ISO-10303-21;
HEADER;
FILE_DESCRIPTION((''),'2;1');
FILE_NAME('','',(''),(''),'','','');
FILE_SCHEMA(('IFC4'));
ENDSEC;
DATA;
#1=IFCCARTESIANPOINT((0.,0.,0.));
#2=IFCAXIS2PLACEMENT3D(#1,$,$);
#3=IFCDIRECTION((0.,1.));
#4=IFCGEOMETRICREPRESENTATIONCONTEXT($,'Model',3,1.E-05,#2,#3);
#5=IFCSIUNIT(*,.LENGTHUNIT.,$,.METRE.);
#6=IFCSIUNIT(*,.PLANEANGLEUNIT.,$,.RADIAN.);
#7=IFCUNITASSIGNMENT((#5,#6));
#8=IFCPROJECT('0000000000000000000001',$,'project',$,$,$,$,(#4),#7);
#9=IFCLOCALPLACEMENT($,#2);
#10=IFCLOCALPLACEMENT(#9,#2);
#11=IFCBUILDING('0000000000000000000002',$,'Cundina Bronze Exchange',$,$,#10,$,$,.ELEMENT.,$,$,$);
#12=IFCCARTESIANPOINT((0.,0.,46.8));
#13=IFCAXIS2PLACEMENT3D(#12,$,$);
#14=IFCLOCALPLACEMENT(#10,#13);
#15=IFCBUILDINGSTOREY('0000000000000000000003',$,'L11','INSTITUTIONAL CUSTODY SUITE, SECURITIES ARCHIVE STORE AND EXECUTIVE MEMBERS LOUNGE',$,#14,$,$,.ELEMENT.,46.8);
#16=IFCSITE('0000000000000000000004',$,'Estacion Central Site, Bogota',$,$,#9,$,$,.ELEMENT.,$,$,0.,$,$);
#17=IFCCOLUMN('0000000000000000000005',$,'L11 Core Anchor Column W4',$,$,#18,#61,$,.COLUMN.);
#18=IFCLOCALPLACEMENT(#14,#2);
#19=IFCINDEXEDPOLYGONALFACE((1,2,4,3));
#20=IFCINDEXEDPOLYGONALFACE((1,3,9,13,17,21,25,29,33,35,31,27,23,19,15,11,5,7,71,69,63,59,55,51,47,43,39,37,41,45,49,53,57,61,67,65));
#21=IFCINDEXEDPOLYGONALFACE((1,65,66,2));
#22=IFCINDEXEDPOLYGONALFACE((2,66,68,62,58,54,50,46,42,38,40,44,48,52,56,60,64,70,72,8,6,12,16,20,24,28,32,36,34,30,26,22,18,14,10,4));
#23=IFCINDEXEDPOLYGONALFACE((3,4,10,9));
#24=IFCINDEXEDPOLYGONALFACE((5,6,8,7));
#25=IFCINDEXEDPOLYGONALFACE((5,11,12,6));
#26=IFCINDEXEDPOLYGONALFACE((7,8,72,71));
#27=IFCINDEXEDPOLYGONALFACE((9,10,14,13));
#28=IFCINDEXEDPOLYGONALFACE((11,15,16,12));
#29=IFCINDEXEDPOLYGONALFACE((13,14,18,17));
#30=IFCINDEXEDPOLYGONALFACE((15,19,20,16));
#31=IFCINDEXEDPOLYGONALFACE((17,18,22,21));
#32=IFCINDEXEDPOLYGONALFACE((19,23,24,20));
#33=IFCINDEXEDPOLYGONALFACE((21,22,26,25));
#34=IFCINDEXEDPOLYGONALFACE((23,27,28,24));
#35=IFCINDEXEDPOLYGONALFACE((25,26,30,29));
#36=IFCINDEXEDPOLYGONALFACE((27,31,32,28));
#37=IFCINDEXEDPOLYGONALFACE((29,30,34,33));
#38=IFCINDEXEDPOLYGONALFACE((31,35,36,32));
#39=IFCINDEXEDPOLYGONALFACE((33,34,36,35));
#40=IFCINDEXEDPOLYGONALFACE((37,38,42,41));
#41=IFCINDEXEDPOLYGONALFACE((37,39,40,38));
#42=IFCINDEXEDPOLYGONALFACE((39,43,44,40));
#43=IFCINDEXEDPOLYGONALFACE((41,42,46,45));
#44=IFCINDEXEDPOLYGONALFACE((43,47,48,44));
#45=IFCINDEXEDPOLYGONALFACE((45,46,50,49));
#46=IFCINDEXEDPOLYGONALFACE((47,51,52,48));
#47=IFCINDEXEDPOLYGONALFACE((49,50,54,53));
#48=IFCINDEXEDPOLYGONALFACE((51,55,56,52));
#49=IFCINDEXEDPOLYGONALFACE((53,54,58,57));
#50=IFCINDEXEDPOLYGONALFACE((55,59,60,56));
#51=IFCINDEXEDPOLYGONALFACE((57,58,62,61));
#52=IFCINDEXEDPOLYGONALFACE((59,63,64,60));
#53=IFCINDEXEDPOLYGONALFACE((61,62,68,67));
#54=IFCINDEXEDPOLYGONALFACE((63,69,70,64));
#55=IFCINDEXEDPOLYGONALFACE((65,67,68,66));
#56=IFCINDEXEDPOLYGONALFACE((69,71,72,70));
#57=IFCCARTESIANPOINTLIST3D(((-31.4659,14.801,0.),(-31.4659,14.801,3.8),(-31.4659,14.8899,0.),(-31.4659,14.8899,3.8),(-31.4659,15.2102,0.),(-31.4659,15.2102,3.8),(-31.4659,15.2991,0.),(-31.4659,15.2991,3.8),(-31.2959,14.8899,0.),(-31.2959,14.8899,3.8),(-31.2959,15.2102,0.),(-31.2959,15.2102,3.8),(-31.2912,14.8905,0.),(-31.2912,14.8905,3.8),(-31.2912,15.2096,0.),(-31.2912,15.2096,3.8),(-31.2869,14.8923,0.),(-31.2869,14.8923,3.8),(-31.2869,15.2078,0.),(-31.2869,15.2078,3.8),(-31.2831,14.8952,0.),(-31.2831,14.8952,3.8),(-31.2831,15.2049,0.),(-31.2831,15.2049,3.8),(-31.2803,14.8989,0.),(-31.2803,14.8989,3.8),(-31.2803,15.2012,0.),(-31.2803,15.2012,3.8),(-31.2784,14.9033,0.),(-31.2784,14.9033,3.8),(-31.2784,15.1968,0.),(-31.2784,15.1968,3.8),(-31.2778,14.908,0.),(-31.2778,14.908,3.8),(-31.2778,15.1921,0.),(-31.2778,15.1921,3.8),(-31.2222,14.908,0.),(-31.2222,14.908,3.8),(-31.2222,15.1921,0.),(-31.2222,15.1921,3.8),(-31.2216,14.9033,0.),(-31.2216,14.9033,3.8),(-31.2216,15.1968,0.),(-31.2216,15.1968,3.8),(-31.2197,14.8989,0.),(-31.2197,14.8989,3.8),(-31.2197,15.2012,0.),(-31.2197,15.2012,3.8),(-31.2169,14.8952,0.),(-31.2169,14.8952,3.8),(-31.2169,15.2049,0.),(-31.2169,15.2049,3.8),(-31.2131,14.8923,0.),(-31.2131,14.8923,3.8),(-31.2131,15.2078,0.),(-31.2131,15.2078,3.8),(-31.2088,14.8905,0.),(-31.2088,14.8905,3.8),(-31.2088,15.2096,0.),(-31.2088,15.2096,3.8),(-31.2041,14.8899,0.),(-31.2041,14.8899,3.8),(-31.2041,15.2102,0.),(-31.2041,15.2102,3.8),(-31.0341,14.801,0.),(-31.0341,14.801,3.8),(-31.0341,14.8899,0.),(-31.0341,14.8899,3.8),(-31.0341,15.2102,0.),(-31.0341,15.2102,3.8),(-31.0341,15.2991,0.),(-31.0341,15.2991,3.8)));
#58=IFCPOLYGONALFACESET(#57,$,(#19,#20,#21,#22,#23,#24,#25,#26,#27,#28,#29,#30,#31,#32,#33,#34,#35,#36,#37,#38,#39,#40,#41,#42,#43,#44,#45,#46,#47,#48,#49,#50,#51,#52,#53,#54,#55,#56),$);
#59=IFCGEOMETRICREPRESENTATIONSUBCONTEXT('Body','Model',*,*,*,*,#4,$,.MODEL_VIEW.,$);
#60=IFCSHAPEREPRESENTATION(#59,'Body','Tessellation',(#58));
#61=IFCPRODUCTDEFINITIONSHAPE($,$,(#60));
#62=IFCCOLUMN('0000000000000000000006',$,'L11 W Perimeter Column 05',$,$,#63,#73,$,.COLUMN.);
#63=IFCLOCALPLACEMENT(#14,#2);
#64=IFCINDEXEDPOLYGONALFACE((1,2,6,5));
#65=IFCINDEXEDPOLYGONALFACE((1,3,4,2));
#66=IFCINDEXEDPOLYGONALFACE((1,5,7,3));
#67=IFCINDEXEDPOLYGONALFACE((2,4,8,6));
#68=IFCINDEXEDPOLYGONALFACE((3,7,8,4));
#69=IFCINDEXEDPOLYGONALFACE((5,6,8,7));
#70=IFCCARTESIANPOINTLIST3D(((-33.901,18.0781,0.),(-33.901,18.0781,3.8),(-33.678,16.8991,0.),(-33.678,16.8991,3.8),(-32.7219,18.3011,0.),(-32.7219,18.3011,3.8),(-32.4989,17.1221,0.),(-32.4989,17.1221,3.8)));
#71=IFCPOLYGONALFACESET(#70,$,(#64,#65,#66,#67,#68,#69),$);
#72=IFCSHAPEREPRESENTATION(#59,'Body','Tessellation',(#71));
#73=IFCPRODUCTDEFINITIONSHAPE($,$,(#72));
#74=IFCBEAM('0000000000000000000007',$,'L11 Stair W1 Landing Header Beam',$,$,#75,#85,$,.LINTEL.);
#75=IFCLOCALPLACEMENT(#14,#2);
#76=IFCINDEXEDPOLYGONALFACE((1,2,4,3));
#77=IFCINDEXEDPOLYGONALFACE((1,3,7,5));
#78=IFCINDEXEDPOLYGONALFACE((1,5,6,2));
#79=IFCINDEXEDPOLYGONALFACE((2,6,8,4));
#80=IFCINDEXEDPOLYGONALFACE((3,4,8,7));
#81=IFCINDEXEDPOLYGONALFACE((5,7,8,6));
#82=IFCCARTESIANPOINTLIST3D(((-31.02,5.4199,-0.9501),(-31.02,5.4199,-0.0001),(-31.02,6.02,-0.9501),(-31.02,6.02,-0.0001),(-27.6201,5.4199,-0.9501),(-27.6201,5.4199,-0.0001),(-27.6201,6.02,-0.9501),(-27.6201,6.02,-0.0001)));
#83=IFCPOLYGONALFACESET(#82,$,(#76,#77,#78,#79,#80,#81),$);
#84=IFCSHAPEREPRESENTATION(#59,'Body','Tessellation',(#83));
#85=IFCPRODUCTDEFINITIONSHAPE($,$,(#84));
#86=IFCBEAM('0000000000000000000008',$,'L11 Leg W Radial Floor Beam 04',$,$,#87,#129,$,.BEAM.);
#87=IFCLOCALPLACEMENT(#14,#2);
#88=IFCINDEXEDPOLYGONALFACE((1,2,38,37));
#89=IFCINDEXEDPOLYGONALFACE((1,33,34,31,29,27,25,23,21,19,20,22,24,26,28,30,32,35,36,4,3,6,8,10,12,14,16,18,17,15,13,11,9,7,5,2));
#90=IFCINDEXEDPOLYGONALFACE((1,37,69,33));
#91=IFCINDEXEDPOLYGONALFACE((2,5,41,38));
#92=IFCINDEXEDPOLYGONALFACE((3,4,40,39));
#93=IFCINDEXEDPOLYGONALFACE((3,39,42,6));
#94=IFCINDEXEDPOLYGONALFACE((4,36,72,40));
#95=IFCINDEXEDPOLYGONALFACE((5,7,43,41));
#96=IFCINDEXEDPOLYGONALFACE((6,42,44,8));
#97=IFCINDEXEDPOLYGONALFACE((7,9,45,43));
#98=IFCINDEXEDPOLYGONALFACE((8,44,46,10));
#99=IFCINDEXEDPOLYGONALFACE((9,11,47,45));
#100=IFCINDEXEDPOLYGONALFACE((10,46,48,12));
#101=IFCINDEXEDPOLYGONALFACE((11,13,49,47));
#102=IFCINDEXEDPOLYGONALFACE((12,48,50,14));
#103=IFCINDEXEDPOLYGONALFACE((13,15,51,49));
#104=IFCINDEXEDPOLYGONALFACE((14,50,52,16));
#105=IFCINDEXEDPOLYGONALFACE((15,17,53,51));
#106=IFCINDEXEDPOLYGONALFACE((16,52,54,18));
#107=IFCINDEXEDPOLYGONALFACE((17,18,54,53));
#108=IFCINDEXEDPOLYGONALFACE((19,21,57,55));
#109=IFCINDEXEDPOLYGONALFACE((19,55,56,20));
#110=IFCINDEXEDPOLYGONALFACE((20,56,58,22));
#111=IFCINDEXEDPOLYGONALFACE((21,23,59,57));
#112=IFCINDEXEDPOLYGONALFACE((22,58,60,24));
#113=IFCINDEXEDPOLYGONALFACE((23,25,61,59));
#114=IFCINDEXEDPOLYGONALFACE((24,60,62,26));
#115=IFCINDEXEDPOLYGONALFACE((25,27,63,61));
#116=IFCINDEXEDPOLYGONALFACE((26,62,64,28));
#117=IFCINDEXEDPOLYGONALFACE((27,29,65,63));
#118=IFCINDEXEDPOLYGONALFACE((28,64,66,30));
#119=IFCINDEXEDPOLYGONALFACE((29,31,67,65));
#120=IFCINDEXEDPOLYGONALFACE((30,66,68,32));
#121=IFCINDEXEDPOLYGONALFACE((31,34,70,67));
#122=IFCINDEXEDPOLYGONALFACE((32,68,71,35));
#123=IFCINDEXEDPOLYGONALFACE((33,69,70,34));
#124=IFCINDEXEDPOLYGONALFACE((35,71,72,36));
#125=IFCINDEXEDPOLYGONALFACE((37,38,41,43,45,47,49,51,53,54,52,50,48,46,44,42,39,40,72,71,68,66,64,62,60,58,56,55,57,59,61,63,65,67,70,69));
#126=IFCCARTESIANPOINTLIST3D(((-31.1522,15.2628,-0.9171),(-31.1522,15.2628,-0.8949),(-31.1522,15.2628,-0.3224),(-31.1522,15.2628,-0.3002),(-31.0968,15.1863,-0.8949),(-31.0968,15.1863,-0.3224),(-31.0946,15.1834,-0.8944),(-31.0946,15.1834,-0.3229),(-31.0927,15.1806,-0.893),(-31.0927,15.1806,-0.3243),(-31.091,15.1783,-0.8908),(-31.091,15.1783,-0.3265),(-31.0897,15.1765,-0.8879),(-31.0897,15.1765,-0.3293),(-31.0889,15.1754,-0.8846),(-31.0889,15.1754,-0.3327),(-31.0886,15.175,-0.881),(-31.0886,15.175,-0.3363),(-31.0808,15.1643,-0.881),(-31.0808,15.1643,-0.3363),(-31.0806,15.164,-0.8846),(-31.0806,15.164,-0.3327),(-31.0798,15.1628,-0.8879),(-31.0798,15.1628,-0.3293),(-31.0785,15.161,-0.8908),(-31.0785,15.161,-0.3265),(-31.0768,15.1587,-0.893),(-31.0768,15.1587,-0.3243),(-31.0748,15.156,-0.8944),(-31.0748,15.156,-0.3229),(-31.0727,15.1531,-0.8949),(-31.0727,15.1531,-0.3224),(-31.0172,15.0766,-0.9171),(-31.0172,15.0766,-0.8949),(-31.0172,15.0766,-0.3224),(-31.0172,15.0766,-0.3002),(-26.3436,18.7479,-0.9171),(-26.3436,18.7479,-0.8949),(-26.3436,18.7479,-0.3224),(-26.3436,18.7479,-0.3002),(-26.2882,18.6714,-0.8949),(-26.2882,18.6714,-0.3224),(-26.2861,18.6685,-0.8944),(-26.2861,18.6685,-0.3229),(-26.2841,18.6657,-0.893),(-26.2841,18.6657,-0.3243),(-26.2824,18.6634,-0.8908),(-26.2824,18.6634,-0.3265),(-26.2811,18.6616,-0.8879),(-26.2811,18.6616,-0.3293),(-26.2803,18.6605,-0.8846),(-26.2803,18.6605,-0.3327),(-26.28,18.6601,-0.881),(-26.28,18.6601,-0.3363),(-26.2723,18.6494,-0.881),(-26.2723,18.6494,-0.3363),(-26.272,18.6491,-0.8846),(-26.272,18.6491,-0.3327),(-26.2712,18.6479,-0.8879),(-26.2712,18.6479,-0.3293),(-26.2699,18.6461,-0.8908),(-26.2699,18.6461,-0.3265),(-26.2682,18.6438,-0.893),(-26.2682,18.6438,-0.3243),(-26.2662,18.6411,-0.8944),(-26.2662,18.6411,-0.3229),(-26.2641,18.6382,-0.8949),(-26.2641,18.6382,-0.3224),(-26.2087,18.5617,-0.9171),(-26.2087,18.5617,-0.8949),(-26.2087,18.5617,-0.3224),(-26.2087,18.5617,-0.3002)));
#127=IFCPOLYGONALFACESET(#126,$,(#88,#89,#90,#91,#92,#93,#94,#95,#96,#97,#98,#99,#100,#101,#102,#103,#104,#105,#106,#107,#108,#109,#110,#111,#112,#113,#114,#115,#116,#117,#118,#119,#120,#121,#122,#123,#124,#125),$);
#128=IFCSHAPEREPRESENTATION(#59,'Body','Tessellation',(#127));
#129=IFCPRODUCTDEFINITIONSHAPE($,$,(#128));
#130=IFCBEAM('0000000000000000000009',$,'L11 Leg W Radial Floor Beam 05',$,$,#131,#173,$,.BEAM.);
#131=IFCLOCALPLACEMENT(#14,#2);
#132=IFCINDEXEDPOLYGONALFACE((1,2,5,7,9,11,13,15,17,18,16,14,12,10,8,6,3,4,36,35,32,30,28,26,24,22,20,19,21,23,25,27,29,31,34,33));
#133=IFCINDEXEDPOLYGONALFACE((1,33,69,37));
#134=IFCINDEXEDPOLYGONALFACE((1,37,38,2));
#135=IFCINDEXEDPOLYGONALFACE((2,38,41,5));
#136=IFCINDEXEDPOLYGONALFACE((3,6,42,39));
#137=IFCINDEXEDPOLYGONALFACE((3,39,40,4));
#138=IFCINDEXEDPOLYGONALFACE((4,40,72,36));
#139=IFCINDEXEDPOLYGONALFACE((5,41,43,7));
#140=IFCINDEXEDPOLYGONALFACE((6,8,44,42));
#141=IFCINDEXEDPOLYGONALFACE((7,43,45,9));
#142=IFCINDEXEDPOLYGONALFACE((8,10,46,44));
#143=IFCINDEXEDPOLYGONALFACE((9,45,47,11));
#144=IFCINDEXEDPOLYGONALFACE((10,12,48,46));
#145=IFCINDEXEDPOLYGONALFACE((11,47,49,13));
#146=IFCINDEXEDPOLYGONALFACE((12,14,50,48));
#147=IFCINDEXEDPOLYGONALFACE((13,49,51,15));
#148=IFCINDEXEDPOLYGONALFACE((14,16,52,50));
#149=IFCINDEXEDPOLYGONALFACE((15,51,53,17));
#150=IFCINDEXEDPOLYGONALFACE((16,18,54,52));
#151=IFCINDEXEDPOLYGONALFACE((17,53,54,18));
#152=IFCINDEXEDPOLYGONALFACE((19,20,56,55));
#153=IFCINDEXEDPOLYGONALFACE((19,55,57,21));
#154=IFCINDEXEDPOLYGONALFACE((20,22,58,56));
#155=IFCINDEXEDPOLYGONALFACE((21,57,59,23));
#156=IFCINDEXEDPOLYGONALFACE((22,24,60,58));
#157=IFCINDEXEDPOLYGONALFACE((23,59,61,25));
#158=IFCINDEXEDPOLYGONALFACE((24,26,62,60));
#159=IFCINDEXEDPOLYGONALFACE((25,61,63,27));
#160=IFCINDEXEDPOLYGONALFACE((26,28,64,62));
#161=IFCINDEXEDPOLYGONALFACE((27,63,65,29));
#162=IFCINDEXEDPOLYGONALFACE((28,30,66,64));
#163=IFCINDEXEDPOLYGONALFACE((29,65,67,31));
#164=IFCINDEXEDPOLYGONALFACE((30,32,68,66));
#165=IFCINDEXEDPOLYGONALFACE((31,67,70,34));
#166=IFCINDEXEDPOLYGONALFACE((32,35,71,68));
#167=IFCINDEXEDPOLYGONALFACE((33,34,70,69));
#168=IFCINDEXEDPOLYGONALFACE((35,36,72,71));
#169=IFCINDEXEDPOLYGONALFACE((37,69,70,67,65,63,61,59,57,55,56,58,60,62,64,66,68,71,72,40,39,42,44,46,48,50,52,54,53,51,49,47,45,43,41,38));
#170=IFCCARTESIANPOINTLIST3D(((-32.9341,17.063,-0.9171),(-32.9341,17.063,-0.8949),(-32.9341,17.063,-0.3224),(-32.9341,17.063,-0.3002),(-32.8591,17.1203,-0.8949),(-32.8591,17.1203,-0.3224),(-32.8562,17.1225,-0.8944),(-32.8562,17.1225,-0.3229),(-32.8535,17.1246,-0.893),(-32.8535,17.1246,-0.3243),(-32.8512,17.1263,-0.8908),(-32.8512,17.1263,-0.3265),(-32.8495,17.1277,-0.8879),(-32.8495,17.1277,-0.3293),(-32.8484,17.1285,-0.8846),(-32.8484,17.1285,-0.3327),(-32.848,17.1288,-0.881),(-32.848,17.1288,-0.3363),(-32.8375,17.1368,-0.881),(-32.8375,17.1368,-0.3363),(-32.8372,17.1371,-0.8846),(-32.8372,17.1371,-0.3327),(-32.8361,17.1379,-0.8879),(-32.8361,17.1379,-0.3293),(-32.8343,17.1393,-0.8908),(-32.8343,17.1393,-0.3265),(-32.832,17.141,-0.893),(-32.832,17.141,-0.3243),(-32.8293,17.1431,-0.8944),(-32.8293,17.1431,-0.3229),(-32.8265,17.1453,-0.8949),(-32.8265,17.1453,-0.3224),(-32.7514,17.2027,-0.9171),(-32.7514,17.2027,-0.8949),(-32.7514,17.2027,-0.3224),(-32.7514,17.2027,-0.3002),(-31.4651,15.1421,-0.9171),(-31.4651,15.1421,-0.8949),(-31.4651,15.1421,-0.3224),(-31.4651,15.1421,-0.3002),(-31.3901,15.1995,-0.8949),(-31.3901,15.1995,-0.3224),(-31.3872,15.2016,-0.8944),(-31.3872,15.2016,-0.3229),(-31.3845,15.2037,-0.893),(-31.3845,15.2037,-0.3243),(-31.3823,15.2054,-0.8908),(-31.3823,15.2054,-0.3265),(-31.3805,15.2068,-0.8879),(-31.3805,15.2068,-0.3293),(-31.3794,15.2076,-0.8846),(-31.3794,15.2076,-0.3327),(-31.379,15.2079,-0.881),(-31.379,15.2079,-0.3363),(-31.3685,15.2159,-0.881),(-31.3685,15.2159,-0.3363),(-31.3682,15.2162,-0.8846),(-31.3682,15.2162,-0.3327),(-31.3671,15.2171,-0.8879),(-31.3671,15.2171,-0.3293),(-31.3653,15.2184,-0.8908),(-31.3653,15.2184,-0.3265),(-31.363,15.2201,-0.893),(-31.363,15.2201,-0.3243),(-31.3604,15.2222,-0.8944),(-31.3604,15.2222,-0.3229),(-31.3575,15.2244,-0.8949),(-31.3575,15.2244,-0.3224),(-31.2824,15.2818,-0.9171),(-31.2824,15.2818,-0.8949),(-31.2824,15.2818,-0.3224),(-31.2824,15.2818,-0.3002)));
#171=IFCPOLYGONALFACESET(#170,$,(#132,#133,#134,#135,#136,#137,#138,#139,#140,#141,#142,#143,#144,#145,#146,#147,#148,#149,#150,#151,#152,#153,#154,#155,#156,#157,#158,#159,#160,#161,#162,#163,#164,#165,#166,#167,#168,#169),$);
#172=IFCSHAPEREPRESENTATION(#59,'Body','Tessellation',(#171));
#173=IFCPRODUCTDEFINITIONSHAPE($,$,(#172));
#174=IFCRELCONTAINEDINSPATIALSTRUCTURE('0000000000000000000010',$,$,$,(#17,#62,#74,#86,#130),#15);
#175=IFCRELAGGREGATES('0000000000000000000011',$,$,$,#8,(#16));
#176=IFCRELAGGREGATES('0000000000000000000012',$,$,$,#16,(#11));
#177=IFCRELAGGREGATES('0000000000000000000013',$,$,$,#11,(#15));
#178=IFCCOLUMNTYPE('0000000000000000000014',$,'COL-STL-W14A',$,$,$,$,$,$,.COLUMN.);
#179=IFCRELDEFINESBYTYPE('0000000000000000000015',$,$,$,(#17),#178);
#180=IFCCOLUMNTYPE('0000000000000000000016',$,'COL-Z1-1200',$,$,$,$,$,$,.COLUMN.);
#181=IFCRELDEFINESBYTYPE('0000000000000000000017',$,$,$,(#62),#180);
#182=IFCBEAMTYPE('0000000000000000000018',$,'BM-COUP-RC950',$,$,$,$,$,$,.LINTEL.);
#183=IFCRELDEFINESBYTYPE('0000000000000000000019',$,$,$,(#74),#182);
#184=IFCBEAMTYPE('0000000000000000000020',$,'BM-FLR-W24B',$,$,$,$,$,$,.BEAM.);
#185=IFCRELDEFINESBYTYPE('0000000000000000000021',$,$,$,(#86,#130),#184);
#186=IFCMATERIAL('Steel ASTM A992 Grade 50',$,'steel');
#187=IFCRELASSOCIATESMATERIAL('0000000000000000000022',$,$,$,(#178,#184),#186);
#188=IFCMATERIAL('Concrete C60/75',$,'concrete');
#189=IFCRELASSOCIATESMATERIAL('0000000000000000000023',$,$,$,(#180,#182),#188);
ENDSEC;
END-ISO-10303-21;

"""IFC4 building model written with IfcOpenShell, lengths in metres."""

from ifc_helpers import new_model, si_unit, direction, frame, origin, origin_2d, place, context, subcontext, project, spatial, rectangle, i_section, extrude, material, material_profile, profile_set, type_object, element, save


model = new_model("IFC4")

# Units and contexts
model_context = context("Model", 3, precision=1e-05, world=origin(), true_north=direction((0.0, 1.0)))
body_context = subcontext(model_context, "Body", "Model", "MODEL_VIEW")
ifc_project = project(units=[si_unit("LENGTHUNIT", "METRE"), si_unit("PLANEANGLEUNIT", "RADIAN")], contexts=[model_context])

# Site, building, storey
site_placement = place(None, origin())
site = spatial("IfcSite", under=ifc_project, at=site_placement, Name="Estacion Central Site, Bogota", CompositionType="ELEMENT", RefElevation=0.0)
building_placement = place(site_placement, origin())
building = spatial("IfcBuilding", under=site, at=building_placement, Name="Cundina Bronze Exchange", CompositionType="ELEMENT")
storey_placement = place(building_placement, frame((0.0, 0.0, 46.8)))
storey = spatial("IfcBuildingStorey", under=building, at=storey_placement, Name="L11", Description="INSTITUTIONAL CUSTODY SUITE, SECURITIES ARCHIVE STORE AND EXECUTIVE MEMBERS LOUNGE", CompositionType="ELEMENT", Elevation=46.8)

# Columns
ifc_material_1 = material(Name="Steel ASTM A992 Grade 50", Category="steel")
ifc_material_profile_1 = material_profile(ifc_material_1, i_section(OverallWidth=0.4319, OverallDepth=0.498, WebThickness=0.0557, FlangeThickness=0.0889, FilletRadius=0.0181, at=origin_2d()), Name="W14X500", Category="steel")
ifc_profile_set_1 = profile_set([ifc_material_profile_1], Name="Steel ASTM A992 Grade 50")
column_type_1 = type_object("IfcColumnType", Name="COL-STL-W14A", PredefinedType="COLUMN", material=ifc_profile_set_1)
column_1_placement = place(storey_placement, frame((-31.25, 15.05, 0.0), z_axis=(0.0, 0.0, 1.0), x_axis=(1.0, 0.0, 0.0)))
element("IfcColumn", 1, at=column_1_placement, inside=storey, type_object=column_type_1, Name="L11 Core Anchor Column W4", PredefinedType="COLUMN", context=body_context, shape_type="SweptSolid", body=[
    extrude(i_section(OverallWidth=0.4319, OverallDepth=0.498, WebThickness=0.0557, FlangeThickness=0.0889, FilletRadius=0.0181, at=origin_2d()), origin(), (0.0, 0.0, 1.0), 3.8),
])
ifc_material_2 = material(Name="Concrete C60/75", Category="concrete")
ifc_material_profile_2 = material_profile(ifc_material_2, rectangle(XDim=1.2, YDim=1.2, at=origin_2d()), Name="RC1200X1200", Category="concrete")
ifc_profile_set_2 = profile_set([ifc_material_profile_2], Name="Concrete C60/75")
column_type_2 = type_object("IfcColumnType", Name="COL-Z1-1200", PredefinedType="COLUMN", material=ifc_profile_set_2)
column_2_placement = place(storey_placement, frame((-33.2, 17.6001, 0.0), z_axis=(0.0, 0.0, 1.0), x_axis=(-0.98258, -0.185838, 0.0)))
element("IfcColumn", 2, at=column_2_placement, inside=storey, type_object=column_type_2, Name="L11 W Perimeter Column 05", PredefinedType="COLUMN", context=body_context, shape_type="SweptSolid", body=[
    extrude(rectangle(XDim=1.2, YDim=1.2, at=origin_2d()), origin(), (0.0, 0.0, 1.0), 3.8),
])

# Beams
ifc_material_profile_3 = material_profile(ifc_material_2, rectangle(XDim=0.6001, YDim=0.95, at=origin_2d()), Name="RC600X950", Category="concrete")
ifc_profile_set_3 = profile_set([ifc_material_profile_3], Name="Concrete C60/75")
beam_type_1 = type_object("IfcBeamType", Name="BM-COUP-RC950", PredefinedType="LINTEL", material=ifc_profile_set_3)
beam_1_placement = place(storey_placement, frame((-31.02, 5.72, -0.4751), z_axis=(1.0, 0.0, 0.0), x_axis=(0.0, 1.0, 0.0)))
element("IfcBeam", 3, at=beam_1_placement, inside=storey, type_object=beam_type_1, Name="L11 Stair W1 Landing Header Beam", PredefinedType="LINTEL", context=body_context, shape_type="SweptSolid", body=[
    extrude(rectangle(XDim=0.6001, YDim=0.95, at=origin_2d()), origin(), (0.0, 0.0, 1.0), 3.3999),
])
ifc_material_profile_4 = material_profile(ifc_material_1, i_section(OverallWidth=0.23, OverallDepth=0.6169, WebThickness=0.0132, FlangeThickness=0.0222, FilletRadius=0.0139, at=origin_2d()), Name="W24X94", Category="steel")
ifc_profile_set_4 = profile_set([ifc_material_profile_4], Name="Steel ASTM A992 Grade 50")
beam_type_2 = type_object("IfcBeamType", Name="BM-FLR-W24B", PredefinedType="BEAM", material=ifc_profile_set_4)
beam_2_placement = place(storey_placement, frame((-31.0847, 15.1697, -0.6086), z_axis=(0.8097, 0.586844, 0.0), x_axis=(-0.586844, 0.8097, 0.0)))
element("IfcBeam", 4, at=beam_2_placement, inside=storey, type_object=beam_type_2, Name="L11 Leg W Radial Floor Beam 04", PredefinedType="BEAM", context=body_context, shape_type="SweptSolid", body=[
    extrude(i_section(OverallWidth=0.23, OverallDepth=0.6169, WebThickness=0.0132, FlangeThickness=0.0222, FilletRadius=0.0139, at=origin_2d()), origin(), (0.0, 0.0, 1.0), 5.9387),
])
beam_3_placement = place(storey_placement, frame((-31.3738, 15.2119, -0.6086), z_axis=(-0.607469, 0.794344, 0.0), x_axis=(-0.794344, -0.607469, 0.0)))
element("IfcBeam", 5, at=beam_3_placement, inside=storey, type_object=beam_type_2, Name="L11 Leg W Radial Floor Beam 05", PredefinedType="BEAM", context=body_context, shape_type="SweptSolid", body=[
    extrude(i_section(OverallWidth=0.23, OverallDepth=0.6169, WebThickness=0.0132, FlangeThickness=0.0222, FilletRadius=0.0139, at=origin_2d()), origin(), (0.0, 0.0, 1.0), 2.4182),
])

save(model, "model.ifc")
